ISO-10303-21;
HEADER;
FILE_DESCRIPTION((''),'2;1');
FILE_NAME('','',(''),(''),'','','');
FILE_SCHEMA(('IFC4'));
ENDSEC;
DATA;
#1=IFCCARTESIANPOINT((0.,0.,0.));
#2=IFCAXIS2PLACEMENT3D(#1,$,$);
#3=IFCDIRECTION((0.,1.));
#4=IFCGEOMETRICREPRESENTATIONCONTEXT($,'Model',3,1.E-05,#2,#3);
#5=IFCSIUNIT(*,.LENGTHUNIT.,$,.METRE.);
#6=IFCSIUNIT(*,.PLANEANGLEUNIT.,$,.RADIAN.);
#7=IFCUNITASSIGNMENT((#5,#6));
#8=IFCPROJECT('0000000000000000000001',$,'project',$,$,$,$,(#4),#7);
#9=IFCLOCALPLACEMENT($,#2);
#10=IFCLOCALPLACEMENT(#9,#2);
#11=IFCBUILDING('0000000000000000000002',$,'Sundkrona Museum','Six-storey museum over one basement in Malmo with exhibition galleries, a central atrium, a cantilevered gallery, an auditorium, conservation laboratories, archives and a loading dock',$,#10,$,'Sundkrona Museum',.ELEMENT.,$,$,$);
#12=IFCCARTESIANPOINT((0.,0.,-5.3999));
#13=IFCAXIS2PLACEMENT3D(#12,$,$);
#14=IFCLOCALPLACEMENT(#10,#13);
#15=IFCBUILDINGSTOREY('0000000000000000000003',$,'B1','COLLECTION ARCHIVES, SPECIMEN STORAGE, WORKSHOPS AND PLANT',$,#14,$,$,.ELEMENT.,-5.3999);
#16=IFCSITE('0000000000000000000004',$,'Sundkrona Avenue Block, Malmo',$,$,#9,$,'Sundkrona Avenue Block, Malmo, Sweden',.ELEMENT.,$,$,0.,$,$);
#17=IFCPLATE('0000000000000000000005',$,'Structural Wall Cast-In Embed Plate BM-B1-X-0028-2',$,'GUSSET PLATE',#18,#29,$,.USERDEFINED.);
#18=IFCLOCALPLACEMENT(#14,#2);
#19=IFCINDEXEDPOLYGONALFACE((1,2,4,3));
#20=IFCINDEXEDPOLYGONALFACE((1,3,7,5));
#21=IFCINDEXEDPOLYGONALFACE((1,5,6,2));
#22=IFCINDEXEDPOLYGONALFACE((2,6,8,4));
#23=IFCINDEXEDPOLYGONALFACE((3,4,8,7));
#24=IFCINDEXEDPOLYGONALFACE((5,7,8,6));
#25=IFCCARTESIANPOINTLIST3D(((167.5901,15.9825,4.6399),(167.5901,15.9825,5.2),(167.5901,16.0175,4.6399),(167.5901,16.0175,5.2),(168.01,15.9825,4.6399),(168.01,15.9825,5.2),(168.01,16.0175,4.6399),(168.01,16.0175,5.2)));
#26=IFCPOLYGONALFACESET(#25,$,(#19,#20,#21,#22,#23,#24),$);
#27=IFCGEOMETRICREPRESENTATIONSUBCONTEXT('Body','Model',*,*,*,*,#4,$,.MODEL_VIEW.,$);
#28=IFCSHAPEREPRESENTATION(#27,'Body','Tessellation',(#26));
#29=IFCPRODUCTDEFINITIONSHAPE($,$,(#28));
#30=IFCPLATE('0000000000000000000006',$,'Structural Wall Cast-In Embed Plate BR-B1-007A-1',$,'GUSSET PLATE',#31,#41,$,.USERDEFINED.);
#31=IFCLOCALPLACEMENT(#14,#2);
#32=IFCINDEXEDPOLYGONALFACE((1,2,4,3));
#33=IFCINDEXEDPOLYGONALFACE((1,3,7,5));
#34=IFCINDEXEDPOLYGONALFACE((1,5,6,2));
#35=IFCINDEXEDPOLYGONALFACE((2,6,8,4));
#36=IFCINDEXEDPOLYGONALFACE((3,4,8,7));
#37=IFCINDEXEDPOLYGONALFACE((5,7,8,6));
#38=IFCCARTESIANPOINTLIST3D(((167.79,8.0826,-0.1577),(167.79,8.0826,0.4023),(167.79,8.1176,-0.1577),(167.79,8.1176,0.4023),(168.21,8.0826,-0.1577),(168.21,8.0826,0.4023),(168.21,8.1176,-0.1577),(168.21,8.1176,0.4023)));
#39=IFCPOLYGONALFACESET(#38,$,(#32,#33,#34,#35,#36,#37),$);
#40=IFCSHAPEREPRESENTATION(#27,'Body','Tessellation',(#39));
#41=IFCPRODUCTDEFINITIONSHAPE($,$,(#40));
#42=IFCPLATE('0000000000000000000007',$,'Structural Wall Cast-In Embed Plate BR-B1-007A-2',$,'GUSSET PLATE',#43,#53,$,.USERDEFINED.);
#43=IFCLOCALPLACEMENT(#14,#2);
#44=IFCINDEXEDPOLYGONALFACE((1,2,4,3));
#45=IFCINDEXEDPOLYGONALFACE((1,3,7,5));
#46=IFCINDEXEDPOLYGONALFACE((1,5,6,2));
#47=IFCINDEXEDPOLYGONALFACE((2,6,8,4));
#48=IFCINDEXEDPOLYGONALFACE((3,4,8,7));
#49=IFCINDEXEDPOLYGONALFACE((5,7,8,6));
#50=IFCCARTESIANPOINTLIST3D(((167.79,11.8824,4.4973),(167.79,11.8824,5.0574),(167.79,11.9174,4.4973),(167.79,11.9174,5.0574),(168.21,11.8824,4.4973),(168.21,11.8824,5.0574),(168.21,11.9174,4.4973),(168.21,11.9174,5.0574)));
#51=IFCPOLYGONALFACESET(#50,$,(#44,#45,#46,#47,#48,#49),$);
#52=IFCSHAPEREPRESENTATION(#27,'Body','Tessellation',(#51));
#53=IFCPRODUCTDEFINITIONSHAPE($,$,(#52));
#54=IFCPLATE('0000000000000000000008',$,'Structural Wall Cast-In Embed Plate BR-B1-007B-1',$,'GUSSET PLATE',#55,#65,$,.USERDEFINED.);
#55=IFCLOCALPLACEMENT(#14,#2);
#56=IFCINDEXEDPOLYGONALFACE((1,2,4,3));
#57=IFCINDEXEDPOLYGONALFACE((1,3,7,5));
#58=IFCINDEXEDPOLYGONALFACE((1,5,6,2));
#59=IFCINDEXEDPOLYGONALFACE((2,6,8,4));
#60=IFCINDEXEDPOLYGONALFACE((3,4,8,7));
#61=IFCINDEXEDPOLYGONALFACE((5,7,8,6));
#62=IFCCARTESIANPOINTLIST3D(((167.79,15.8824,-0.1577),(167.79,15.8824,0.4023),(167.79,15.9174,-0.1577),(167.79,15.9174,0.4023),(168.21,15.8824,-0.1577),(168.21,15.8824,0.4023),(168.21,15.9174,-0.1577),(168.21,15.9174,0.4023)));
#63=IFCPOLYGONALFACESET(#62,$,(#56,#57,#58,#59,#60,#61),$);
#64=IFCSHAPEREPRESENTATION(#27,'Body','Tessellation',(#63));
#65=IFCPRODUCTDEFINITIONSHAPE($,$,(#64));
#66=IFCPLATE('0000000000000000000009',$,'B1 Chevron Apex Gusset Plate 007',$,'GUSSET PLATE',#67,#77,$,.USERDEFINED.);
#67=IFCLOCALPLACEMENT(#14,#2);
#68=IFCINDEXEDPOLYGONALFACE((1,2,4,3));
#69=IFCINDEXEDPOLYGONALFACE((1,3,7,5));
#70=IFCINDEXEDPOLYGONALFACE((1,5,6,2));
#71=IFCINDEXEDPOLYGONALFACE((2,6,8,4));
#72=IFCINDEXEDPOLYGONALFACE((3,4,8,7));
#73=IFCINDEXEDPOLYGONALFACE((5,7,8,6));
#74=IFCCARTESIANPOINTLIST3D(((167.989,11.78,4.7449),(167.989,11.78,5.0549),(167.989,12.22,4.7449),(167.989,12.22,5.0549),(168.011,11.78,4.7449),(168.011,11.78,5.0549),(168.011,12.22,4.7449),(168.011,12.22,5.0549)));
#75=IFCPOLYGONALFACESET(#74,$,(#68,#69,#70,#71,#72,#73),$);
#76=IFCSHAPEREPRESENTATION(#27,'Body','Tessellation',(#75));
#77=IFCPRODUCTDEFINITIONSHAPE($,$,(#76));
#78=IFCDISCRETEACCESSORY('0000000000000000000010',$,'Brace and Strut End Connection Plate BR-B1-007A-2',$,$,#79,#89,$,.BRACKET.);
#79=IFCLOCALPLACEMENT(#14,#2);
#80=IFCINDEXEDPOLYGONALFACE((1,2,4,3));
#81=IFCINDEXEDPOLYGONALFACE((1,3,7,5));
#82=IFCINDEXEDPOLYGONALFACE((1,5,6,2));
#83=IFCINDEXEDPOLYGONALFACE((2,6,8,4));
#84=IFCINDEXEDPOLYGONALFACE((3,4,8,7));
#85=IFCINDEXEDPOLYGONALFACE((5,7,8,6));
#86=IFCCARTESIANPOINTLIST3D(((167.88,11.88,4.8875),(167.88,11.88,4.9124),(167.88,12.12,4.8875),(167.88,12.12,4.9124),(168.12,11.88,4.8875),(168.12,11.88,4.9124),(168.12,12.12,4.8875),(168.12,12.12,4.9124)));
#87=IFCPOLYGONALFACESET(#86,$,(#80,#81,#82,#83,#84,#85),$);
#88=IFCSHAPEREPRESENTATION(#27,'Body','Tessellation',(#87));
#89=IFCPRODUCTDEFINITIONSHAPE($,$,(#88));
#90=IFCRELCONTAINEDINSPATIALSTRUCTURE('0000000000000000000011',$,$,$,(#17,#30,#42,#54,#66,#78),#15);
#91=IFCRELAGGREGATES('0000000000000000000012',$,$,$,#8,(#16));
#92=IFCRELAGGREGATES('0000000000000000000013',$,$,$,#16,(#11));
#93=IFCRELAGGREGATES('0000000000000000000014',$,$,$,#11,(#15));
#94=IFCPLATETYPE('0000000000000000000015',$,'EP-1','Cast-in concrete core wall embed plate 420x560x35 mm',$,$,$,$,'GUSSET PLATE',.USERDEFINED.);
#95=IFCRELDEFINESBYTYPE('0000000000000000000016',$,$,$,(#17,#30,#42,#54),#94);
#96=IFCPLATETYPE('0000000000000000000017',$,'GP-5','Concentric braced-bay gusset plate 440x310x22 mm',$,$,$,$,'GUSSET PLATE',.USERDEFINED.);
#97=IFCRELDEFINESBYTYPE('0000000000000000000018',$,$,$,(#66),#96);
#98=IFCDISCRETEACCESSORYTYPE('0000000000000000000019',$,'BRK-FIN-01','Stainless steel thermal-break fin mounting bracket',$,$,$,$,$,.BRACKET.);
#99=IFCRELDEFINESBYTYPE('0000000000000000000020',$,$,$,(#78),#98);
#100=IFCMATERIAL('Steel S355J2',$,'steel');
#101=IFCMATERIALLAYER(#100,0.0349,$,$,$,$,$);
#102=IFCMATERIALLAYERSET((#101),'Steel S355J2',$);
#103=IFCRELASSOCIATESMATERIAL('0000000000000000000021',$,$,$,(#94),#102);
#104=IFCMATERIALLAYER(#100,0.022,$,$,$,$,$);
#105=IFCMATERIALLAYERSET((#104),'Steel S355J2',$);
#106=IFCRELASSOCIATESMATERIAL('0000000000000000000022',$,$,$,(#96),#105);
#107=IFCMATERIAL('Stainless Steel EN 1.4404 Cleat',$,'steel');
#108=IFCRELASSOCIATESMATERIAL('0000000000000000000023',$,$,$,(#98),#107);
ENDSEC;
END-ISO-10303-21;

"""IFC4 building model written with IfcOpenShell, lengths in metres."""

from ifc_helpers import new_model, si_unit, direction, frame, origin, origin_2d, place, context, subcontext, project, spatial, rectangle, extrude, material, layer, layer_set, type_object, element, save


model = new_model("IFC4")

# Units and contexts
model_context = context("Model", 3, precision=1e-05, world=origin(), true_north=direction((0.0, 1.0)))
body_context = subcontext(model_context, "Body", "Model", "MODEL_VIEW")
ifc_project = project(units=[si_unit("LENGTHUNIT", "METRE"), si_unit("PLANEANGLEUNIT", "RADIAN")], contexts=[model_context])

# Site, building, storey
site_placement = place(None, origin())
site = spatial("IfcSite", under=ifc_project, at=site_placement, Name="Sundkrona Avenue Block, Malmo", LongName="Sundkrona Avenue Block, Malmo, Sweden", CompositionType="ELEMENT", RefElevation=0.0)
building_placement = place(site_placement, origin())
building = spatial("IfcBuilding", under=site, at=building_placement, Name="Sundkrona Museum", Description="Six-storey museum over one basement in Malmo with exhibition galleries, a central atrium, a cantilevered gallery, an auditorium, conservation laboratories, archives and a loading dock", LongName="Sundkrona Museum", CompositionType="ELEMENT")
storey_placement = place(building_placement, frame((0.0, 0.0, -5.3999)))
storey = spatial("IfcBuildingStorey", under=building, at=storey_placement, Name="B1", Description="COLLECTION ARCHIVES, SPECIMEN STORAGE, WORKSHOPS AND PLANT", CompositionType="ELEMENT", Elevation=-5.3999)

# Shared definitions
ifc_material_1 = material(Name="Steel S355J2", Category="steel")

# Plates
ifc_layer_1 = layer(ifc_material_1, 0.0349)
ifc_layer_set_1 = layer_set([ifc_layer_1], Name="Steel S355J2")
plate_type_1 = type_object("IfcPlateType", Name="EP-1", Description="Cast-in concrete core wall embed plate 420x560x35 mm", ElementType="GUSSET PLATE", PredefinedType="USERDEFINED", material=ifc_layer_set_1)
for number, where, z_axis, x_axis, name in (
    (1, (167.8, 16.0, 4.6399), (0.0, 0.0, 1.0), (1.0, 0.0, 0.0), "Structural Wall Cast-In Embed Plate BM-B1-X-0028-2"),
    (2, (168.0, 8.1001, -0.1577), (0.0, 0.0, 1.0), (1.0, 0.0, 0.0), "Structural Wall Cast-In Embed Plate BR-B1-007A-1"),
    (3, (168.0, 11.8999, 4.4973), (0.0, 0.0, 1.0), (1.0, 0.0, 0.0), "Structural Wall Cast-In Embed Plate BR-B1-007A-2"),
    (4, (168.0, 15.8999, -0.1577), (0.0, 0.0, 1.0), (1.0, 0.0, 0.0), "Structural Wall Cast-In Embed Plate BR-B1-007B-1"),
):
    element("IfcPlate", number, at=place(storey_placement, frame(where, z_axis=z_axis, x_axis=x_axis)), inside=storey, type_object=plate_type_1, Name=name, ObjectType="GUSSET PLATE", PredefinedType="USERDEFINED", context=body_context, shape_type="SweptSolid", body=[
        extrude(rectangle(XDim=0.4199, YDim=0.0349, at=origin_2d()), origin(), (0.0, 0.0, 1.0), 0.5601),
    ])
ifc_layer_2 = layer(ifc_material_1, 0.022)
ifc_layer_set_2 = layer_set([ifc_layer_2], Name="Steel S355J2")
plate_type_2 = type_object("IfcPlateType", Name="GP-5", Description="Concentric braced-bay gusset plate 440x310x22 mm", ElementType="GUSSET PLATE", PredefinedType="USERDEFINED", material=ifc_layer_set_2)
plate_placement = place(storey_placement, frame((168.0, 12.0, 4.7449), z_axis=(0.0, 0.0, 1.0), x_axis=(0.0, 1.0, 0.0)))
element("IfcPlate", 5, at=plate_placement, inside=storey, type_object=plate_type_2, Name="B1 Chevron Apex Gusset Plate 007", ObjectType="GUSSET PLATE", PredefinedType="USERDEFINED", context=body_context, shape_type="SweptSolid", body=[
    extrude(rectangle(XDim=0.4399, YDim=0.022, at=origin_2d()), origin(), (0.0, 0.0, 1.0), 0.3101),
])

# Discrete accessory
ifc_material_2 = material(Name="Stainless Steel EN 1.4404 Cleat", Category="steel")
discrete_accessory_type = type_object("IfcDiscreteAccessoryType", Name="BRK-FIN-01", Description="Stainless steel thermal-break fin mounting bracket", PredefinedType="BRACKET", material=ifc_material_2)
discrete_accessory_placement = place(storey_placement, frame((168.0, 12.0, 4.8875), z_axis=(0.0, 0.0, 1.0), x_axis=(1.0, 0.0, 0.0)))
element("IfcDiscreteAccessory", 6, at=discrete_accessory_placement, inside=storey, type_object=discrete_accessory_type, Name="Brace and Strut End Connection Plate BR-B1-007A-2", PredefinedType="BRACKET", context=body_context, shape_type="SweptSolid", body=[
    extrude(rectangle(XDim=0.24, YDim=0.24, at=origin_2d()), origin(), (0.0, 0.0, 1.0), 0.0249),
])

save(model, "model.ifc")
